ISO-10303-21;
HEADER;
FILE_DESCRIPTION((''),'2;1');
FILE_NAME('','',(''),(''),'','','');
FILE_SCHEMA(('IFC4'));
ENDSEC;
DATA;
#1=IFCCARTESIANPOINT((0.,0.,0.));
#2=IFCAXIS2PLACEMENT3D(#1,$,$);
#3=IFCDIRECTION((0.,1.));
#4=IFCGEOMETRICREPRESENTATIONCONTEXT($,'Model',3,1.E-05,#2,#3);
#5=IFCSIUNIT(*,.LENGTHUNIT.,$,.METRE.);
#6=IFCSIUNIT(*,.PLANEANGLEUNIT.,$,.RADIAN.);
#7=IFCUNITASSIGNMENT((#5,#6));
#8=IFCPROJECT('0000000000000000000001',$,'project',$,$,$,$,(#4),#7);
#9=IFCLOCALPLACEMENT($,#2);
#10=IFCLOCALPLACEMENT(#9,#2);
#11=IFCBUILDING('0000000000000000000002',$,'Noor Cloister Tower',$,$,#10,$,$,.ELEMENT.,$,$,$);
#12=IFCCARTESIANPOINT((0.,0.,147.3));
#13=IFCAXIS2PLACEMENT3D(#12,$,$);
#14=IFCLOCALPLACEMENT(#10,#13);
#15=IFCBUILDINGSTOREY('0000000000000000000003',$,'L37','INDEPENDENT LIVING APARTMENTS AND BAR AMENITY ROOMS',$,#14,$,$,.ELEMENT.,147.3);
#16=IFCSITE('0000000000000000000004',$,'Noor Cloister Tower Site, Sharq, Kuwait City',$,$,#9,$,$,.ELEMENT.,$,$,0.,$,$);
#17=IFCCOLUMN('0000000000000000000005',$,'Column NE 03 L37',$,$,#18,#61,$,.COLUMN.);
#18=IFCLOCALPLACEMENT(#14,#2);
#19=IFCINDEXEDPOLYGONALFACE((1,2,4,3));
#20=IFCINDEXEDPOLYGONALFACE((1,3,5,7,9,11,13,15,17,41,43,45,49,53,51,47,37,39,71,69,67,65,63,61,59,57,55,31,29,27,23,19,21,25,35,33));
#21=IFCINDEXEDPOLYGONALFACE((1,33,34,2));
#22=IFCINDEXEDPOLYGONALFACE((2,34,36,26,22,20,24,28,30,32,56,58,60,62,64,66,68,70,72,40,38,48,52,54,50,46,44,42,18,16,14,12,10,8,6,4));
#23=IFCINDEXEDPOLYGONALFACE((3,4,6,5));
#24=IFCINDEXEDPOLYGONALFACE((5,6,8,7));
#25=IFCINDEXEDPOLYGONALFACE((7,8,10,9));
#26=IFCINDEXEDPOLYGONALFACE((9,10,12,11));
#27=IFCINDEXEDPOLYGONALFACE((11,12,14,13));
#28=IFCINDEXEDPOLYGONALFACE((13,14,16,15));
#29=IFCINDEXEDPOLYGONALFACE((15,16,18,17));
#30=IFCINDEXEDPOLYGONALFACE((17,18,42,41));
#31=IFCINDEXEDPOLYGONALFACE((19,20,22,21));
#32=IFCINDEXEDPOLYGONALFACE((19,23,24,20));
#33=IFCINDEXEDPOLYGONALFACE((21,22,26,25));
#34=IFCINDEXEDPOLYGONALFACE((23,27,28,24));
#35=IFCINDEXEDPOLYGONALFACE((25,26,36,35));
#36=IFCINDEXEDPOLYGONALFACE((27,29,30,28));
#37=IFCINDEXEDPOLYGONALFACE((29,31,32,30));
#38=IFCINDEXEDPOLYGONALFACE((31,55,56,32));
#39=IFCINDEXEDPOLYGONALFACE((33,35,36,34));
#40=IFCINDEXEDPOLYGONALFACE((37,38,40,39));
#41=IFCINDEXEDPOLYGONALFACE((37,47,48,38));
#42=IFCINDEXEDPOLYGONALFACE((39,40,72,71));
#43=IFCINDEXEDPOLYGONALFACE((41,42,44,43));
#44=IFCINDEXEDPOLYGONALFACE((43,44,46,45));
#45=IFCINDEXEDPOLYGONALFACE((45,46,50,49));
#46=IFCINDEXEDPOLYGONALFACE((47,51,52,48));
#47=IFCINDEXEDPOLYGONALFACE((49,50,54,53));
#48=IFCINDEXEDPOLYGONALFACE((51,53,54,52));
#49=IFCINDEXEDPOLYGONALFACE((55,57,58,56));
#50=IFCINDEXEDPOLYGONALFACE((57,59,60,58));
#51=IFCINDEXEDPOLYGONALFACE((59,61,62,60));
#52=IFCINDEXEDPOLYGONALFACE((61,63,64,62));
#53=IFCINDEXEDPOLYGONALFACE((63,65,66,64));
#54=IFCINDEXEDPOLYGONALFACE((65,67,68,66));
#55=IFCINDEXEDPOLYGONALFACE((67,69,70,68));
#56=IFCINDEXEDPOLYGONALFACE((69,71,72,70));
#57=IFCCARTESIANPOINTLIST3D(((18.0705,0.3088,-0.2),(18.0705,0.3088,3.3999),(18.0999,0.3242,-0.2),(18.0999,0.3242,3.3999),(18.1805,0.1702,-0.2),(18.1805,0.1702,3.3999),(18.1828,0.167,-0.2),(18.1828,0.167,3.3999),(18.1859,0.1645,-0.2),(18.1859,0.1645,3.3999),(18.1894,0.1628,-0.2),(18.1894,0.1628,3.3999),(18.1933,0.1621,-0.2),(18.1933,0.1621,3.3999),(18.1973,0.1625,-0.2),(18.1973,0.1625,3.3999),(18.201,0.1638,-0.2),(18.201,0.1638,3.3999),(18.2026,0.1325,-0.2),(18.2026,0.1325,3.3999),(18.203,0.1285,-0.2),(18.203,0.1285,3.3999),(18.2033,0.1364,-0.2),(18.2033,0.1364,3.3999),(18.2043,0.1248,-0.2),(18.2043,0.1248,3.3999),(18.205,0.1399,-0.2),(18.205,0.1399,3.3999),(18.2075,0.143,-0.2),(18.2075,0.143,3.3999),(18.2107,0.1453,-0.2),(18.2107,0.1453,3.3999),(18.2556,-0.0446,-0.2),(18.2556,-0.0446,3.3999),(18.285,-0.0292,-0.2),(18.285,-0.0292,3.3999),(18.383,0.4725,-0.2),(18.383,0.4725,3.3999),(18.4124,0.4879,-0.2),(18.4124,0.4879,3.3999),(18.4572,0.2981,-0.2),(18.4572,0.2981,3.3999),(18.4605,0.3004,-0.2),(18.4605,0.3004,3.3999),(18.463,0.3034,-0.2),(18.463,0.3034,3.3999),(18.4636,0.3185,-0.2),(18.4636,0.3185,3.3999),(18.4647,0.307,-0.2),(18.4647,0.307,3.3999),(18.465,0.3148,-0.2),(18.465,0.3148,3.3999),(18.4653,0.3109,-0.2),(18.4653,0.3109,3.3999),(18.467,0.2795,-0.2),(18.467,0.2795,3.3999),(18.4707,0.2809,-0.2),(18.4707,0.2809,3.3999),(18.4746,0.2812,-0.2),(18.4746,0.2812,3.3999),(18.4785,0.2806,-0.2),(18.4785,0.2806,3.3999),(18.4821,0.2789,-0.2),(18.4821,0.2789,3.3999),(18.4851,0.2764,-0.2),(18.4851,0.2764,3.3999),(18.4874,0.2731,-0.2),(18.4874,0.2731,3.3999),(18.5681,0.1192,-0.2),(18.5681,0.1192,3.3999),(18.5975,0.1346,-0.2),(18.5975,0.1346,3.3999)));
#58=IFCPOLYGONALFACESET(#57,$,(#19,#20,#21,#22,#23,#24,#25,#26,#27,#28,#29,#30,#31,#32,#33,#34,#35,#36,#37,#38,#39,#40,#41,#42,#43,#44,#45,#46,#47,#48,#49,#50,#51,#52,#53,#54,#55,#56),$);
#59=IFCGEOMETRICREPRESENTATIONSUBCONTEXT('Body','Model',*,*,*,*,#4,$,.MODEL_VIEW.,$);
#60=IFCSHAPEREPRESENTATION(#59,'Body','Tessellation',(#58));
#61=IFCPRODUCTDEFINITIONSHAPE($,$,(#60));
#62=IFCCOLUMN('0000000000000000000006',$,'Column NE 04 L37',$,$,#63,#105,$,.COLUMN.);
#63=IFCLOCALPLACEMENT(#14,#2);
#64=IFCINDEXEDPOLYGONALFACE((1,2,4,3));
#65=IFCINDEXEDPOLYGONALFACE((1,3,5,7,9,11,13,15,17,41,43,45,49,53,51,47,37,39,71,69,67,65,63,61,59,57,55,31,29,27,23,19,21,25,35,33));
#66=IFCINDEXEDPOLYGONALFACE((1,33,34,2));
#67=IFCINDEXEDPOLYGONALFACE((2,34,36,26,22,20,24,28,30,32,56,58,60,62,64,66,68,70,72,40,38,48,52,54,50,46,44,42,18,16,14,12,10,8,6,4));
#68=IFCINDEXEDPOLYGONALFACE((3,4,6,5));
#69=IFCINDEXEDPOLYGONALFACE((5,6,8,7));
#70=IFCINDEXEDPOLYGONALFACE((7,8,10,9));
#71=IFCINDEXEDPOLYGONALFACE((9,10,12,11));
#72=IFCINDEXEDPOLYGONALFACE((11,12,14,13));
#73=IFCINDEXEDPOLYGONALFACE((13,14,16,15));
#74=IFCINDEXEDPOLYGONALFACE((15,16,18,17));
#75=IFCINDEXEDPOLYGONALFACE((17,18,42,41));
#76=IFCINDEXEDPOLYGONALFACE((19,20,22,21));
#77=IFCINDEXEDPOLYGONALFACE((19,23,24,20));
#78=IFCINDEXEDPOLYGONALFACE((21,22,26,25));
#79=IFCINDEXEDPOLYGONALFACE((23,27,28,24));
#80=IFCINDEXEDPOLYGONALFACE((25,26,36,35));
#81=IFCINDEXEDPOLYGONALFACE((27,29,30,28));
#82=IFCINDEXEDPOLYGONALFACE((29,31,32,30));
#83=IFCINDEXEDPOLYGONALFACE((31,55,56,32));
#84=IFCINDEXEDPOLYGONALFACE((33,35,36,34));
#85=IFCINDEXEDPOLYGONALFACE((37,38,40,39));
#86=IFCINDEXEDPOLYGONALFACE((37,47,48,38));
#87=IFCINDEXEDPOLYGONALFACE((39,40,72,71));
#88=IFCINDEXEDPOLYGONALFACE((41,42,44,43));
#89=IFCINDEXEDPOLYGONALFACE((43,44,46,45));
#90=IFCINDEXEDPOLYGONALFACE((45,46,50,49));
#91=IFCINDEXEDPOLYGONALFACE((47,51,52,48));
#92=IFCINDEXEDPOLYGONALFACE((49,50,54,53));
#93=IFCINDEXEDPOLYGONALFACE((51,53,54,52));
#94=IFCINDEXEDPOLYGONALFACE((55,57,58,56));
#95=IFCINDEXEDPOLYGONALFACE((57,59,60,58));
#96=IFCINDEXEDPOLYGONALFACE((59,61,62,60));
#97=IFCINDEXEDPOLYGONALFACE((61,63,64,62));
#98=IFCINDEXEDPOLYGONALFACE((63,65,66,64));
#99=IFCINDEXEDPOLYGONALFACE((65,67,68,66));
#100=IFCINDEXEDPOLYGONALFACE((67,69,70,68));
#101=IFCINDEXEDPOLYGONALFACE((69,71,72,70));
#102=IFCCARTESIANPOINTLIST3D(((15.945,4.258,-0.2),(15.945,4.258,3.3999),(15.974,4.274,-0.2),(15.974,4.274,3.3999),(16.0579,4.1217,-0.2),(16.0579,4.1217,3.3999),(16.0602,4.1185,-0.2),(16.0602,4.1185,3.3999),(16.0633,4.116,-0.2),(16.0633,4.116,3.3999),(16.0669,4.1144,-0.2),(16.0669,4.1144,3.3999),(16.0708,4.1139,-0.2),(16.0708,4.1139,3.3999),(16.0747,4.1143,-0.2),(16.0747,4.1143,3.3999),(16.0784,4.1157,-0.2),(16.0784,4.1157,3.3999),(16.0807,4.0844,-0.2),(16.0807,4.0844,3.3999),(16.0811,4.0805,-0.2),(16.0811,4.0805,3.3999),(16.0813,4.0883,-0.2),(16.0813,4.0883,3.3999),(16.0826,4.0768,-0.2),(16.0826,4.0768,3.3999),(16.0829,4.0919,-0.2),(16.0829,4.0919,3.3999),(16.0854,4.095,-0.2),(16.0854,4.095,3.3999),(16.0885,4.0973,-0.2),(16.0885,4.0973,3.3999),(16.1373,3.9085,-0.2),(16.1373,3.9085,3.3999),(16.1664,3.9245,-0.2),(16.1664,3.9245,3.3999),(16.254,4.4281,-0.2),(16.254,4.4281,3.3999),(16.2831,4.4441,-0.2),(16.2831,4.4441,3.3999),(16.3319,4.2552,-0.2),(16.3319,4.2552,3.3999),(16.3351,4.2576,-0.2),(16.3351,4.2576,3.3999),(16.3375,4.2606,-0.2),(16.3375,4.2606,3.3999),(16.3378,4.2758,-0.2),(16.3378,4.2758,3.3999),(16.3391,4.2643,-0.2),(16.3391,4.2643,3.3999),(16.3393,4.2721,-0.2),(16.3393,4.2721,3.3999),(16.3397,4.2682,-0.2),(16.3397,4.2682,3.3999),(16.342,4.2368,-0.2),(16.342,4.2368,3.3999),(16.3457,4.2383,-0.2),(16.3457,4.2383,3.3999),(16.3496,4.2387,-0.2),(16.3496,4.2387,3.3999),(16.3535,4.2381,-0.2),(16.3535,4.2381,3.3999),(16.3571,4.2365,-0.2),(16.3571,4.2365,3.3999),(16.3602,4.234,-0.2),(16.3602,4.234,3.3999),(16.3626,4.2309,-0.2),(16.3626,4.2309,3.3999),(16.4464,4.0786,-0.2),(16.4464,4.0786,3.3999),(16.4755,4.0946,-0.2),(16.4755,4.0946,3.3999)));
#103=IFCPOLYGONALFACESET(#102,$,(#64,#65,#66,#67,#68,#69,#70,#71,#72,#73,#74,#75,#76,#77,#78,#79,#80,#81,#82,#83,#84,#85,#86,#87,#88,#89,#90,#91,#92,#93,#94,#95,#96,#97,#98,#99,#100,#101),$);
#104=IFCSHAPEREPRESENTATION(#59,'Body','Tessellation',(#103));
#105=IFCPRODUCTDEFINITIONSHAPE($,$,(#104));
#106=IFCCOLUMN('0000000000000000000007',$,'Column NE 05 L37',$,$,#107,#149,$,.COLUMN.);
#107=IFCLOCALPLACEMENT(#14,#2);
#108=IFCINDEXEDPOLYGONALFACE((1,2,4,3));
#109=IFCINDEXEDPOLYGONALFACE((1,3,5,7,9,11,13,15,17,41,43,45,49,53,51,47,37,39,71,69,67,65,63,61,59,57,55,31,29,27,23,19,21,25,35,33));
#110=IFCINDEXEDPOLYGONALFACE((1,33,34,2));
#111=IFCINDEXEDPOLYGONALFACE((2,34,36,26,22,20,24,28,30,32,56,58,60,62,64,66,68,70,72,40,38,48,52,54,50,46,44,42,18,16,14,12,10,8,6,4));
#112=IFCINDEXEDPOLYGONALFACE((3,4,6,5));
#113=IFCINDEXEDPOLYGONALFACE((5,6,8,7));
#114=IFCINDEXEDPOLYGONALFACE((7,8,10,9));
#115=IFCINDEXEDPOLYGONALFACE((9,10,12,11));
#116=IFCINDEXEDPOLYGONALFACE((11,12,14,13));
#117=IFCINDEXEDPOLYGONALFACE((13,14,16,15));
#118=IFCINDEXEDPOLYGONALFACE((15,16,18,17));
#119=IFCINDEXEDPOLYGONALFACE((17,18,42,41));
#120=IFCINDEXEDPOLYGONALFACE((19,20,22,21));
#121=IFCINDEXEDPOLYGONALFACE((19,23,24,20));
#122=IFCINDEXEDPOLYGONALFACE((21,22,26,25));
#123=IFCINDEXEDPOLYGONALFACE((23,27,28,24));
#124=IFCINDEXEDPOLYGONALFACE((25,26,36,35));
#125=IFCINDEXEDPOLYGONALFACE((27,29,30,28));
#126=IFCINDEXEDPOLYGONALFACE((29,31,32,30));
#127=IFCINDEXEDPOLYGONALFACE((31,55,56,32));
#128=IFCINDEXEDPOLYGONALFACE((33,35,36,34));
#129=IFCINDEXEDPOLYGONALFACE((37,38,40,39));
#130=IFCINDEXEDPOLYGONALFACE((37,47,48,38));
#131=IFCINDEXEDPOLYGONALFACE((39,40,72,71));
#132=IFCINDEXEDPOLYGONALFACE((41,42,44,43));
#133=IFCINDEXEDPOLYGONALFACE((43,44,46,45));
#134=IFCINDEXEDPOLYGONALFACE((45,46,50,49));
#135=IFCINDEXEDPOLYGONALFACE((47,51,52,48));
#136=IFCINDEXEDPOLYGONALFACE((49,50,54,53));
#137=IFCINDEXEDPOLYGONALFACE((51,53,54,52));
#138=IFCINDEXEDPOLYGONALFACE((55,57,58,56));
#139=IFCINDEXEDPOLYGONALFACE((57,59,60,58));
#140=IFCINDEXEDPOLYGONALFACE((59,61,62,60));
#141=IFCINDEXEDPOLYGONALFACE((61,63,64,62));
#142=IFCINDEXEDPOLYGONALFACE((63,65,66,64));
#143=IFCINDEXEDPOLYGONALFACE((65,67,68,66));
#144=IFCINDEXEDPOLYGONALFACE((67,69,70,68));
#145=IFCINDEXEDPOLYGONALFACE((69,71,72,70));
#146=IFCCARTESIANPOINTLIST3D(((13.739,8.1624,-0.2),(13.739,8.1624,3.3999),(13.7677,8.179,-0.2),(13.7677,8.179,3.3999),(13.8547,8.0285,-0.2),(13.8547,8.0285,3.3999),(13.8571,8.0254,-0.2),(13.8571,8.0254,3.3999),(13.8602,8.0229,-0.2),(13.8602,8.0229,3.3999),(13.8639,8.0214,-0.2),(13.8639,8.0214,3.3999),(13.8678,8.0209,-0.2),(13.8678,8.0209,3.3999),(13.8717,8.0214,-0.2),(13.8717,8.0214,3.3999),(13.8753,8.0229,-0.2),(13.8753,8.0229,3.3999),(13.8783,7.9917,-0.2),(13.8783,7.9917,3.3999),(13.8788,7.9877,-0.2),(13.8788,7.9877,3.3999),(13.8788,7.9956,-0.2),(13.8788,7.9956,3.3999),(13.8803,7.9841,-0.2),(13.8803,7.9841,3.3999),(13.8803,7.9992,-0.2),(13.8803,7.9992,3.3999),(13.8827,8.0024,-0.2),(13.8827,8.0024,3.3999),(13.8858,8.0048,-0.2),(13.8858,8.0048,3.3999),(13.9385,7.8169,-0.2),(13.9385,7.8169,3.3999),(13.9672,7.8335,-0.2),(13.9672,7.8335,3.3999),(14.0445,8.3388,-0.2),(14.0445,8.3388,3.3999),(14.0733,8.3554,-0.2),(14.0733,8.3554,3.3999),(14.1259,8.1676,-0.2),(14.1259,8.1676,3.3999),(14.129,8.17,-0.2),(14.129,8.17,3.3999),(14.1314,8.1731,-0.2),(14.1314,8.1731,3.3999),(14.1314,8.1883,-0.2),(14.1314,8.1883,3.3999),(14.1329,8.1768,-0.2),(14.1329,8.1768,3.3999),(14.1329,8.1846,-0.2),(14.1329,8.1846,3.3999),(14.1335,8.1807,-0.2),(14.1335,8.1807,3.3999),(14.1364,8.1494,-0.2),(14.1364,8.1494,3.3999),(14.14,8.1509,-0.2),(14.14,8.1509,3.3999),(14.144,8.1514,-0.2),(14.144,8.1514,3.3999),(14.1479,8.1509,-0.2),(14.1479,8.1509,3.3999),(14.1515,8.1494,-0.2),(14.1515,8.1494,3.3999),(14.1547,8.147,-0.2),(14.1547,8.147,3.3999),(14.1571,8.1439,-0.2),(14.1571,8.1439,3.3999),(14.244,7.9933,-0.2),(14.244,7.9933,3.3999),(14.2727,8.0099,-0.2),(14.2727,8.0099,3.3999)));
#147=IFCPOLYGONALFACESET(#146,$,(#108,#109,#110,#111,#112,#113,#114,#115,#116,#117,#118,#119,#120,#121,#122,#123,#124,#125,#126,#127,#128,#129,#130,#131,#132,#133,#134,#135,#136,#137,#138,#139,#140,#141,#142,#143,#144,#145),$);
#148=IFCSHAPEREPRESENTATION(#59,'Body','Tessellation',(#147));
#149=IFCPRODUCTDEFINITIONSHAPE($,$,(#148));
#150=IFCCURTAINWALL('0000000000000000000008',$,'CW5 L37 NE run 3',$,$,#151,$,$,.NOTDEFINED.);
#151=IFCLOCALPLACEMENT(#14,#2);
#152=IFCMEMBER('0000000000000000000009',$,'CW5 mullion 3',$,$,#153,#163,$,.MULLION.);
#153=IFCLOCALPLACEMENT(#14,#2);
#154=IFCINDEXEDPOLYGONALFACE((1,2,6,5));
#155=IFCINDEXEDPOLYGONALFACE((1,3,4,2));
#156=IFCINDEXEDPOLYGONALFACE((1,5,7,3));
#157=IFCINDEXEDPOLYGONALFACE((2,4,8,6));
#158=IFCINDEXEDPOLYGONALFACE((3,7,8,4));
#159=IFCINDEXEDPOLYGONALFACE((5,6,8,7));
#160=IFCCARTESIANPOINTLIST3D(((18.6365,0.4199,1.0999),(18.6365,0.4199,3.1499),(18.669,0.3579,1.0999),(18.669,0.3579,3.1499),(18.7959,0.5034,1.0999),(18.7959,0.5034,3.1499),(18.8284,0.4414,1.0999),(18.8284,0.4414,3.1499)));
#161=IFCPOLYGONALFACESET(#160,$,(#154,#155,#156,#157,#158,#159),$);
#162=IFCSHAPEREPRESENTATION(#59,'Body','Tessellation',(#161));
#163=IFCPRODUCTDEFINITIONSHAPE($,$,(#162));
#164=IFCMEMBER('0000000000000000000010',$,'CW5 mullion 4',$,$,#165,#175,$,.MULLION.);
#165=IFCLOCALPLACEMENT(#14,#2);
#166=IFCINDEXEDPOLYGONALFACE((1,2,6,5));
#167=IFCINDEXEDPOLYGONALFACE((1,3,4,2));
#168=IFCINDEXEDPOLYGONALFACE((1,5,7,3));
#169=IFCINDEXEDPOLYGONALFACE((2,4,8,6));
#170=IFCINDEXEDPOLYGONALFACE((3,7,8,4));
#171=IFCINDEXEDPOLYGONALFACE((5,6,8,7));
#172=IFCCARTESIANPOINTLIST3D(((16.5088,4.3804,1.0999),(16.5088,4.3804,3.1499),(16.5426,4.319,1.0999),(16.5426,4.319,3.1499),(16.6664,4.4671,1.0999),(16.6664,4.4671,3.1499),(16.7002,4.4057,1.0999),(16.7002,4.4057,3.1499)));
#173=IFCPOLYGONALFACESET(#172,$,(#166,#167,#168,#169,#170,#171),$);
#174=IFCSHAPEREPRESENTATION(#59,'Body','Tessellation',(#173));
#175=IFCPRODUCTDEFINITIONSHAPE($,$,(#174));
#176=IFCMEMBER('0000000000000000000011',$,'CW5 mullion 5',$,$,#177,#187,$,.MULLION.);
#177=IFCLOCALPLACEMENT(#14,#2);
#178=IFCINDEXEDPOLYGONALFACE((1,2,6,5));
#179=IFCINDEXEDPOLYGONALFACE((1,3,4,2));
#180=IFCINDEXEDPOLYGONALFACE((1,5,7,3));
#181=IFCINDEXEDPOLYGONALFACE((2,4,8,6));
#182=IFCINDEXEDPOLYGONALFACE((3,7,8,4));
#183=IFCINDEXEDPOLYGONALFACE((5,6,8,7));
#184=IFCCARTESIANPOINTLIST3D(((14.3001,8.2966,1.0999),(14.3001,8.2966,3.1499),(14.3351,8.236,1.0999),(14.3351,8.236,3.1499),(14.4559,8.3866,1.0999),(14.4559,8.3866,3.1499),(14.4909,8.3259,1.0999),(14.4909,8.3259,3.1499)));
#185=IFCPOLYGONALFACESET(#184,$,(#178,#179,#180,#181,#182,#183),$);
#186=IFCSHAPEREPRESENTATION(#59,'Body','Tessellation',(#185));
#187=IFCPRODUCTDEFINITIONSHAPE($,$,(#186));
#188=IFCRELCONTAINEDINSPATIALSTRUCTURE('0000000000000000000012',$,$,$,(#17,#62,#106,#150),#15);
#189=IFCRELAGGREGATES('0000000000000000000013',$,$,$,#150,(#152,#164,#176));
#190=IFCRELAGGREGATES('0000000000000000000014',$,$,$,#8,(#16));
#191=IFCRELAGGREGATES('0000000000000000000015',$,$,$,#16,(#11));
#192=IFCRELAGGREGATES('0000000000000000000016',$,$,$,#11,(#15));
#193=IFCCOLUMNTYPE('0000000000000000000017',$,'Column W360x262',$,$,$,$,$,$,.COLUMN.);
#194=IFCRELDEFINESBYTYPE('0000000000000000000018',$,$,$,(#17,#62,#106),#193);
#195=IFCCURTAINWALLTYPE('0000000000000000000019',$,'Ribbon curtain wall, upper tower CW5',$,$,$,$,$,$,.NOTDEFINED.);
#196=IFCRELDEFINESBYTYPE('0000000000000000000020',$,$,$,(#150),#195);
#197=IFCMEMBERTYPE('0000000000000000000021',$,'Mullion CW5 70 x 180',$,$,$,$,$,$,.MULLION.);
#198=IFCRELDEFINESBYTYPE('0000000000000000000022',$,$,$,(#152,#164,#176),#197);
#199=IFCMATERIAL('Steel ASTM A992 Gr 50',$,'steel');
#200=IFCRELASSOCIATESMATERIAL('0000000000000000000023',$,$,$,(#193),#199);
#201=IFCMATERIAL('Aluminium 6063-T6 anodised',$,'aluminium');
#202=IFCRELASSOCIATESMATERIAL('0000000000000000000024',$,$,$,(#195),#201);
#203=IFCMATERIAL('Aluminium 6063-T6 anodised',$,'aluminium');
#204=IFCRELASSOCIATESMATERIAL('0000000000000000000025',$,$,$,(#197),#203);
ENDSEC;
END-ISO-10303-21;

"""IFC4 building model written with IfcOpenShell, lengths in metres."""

from ifc_helpers import new_model, si_unit, direction, frame, origin, origin_2d, place, context, subcontext, project, spatial, rectangle, i_section, extrude, material, material_profile, profile_set, type_object, element, aggregate, save


model = new_model("IFC4")

# Units and contexts
model_context = context("Model", 3, precision=1e-05, world=origin(), true_north=direction((0.0, 1.0)))
body_context = subcontext(model_context, "Body", "Model", "MODEL_VIEW")
ifc_project = project(units=[si_unit("LENGTHUNIT", "METRE"), si_unit("PLANEANGLEUNIT", "RADIAN")], contexts=[model_context])

# Site, building, storey
site_placement = place(None, origin())
site = spatial("IfcSite", under=ifc_project, at=site_placement, Name="Noor Cloister Tower Site, Sharq, Kuwait City", CompositionType="ELEMENT", RefElevation=0.0)
building_placement = place(site_placement, origin())
building = spatial("IfcBuilding", under=site, at=building_placement, Name="Noor Cloister Tower", CompositionType="ELEMENT")
storey_placement = place(building_placement, frame((0.0, 0.0, 147.3)))
storey = spatial("IfcBuildingStorey", under=building, at=storey_placement, Name="L37", Description="INDEPENDENT LIVING APARTMENTS AND BAR AMENITY ROOMS", CompositionType="ELEMENT", Elevation=147.3)

# Columns
ifc_material_1 = material(Name="Steel ASTM A992 Gr 50", Category="steel")
ifc_material_profile_1 = material_profile(ifc_material_1, i_section(OverallWidth=0.3989, OverallDepth=0.386, WebThickness=0.021, FlangeThickness=0.0332, FilletRadius=0.0151, at=origin_2d()), Name="W360x262")
ifc_profile_set_1 = profile_set([ifc_material_profile_1], Name="Steel ASTM A992 Gr 50")
column_type = type_object("IfcColumnType", Name="Column W360x262", PredefinedType="COLUMN", material=ifc_profile_set_1)
for number, where, z_axis, x_axis, name in (
    (1, (18.334, 0.2217, -0.2), (0.0, 0.0, 1.0), (-0.464077, 0.885795, 0.0), "Column NE 03 L37"),
    (2, (16.2102, 4.1763, -0.2), (0.0, 0.0, 1.0), (-0.48214, 0.876094, 0.0), "Column NE 04 L37"),
    (3, (14.0059, 8.0862, -0.2), (0.0, 0.0, 1.0), (-0.5, 0.866025, 0.0), "Column NE 05 L37"),
):
    element("IfcColumn", number, at=place(storey_placement, frame(where, z_axis=z_axis, x_axis=x_axis)), inside=storey, type_object=column_type, Name=name, PredefinedType="COLUMN", context=body_context, shape_type="SweptSolid", body=[
        extrude(i_section(OverallWidth=0.3989, OverallDepth=0.386, WebThickness=0.021, FlangeThickness=0.0332, FilletRadius=0.0151, at=origin_2d()), origin(), (0.0, 0.0, 1.0), 3.5999),
    ])

# Curtain wall, members
ifc_material_2 = material(Name="Aluminium 6063-T6 anodised", Category="aluminium")
curtain_wall_type = type_object("IfcCurtainWallType", Name="Ribbon curtain wall, upper tower CW5", PredefinedType="NOTDEFINED", material=ifc_material_2)
curtain_wall_placement = place(storey_placement, origin())
curtain_wall = element("IfcCurtainWall", 4, at=curtain_wall_placement, inside=storey, type_object=curtain_wall_type, Name="CW5 L37 NE run 3", PredefinedType="NOTDEFINED")
ifc_material_3 = material(Name="Aluminium 6063-T6 anodised", Category="aluminium")
ifc_material_profile_2 = material_profile(ifc_material_3, rectangle(XDim=0.1799, YDim=0.0701, at=origin_2d()), Name="180 x 70 mullion")
ifc_profile_set_2 = profile_set([ifc_material_profile_2], Name="Aluminium 6063-T6 anodised")
member_type = type_object("IfcMemberType", Name="Mullion CW5 70 x 180", PredefinedType="MULLION", material=ifc_profile_set_2)
member_1_placement = place(storey_placement, frame((18.7324, 0.4307, 1.0999), z_axis=(0.0, 0.0, 1.0), x_axis=(-0.885795, -0.464077, 0.0)))
member_1 = element("IfcMember", 5, at=member_1_placement, type_object=member_type, Name="CW5 mullion 3", PredefinedType="MULLION", context=body_context, shape_type="SweptSolid", body=[
    extrude(rectangle(XDim=0.1799, YDim=0.0701, at=origin_2d()), origin(), (0.0, 0.0, 1.0), 2.05),
])
member_2_placement = place(storey_placement, frame((16.6045, 4.3931, 1.0999), z_axis=(0.0, 0.0, 1.0), x_axis=(-0.876094, -0.48214, 0.0)))
member_2 = element("IfcMember", 6, at=member_2_placement, type_object=member_type, Name="CW5 mullion 4", PredefinedType="MULLION", context=body_context, shape_type="SweptSolid", body=[
    extrude(rectangle(XDim=0.1799, YDim=0.0701, at=origin_2d()), origin(), (0.0, 0.0, 1.0), 2.05),
])
member_3_placement = place(storey_placement, frame((14.3955, 8.3113, 1.0999), z_axis=(0.0, 0.0, 1.0), x_axis=(-0.866025, -0.5, 0.0)))
member_3 = element("IfcMember", 7, at=member_3_placement, type_object=member_type, Name="CW5 mullion 5", PredefinedType="MULLION", context=body_context, shape_type="SweptSolid", body=[
    extrude(rectangle(XDim=0.1799, YDim=0.0701, at=origin_2d()), origin(), (0.0, 0.0, 1.0), 2.05),
])

aggregate(curtain_wall, [member_1, member_2, member_3])

save(model, "model.ifc")
